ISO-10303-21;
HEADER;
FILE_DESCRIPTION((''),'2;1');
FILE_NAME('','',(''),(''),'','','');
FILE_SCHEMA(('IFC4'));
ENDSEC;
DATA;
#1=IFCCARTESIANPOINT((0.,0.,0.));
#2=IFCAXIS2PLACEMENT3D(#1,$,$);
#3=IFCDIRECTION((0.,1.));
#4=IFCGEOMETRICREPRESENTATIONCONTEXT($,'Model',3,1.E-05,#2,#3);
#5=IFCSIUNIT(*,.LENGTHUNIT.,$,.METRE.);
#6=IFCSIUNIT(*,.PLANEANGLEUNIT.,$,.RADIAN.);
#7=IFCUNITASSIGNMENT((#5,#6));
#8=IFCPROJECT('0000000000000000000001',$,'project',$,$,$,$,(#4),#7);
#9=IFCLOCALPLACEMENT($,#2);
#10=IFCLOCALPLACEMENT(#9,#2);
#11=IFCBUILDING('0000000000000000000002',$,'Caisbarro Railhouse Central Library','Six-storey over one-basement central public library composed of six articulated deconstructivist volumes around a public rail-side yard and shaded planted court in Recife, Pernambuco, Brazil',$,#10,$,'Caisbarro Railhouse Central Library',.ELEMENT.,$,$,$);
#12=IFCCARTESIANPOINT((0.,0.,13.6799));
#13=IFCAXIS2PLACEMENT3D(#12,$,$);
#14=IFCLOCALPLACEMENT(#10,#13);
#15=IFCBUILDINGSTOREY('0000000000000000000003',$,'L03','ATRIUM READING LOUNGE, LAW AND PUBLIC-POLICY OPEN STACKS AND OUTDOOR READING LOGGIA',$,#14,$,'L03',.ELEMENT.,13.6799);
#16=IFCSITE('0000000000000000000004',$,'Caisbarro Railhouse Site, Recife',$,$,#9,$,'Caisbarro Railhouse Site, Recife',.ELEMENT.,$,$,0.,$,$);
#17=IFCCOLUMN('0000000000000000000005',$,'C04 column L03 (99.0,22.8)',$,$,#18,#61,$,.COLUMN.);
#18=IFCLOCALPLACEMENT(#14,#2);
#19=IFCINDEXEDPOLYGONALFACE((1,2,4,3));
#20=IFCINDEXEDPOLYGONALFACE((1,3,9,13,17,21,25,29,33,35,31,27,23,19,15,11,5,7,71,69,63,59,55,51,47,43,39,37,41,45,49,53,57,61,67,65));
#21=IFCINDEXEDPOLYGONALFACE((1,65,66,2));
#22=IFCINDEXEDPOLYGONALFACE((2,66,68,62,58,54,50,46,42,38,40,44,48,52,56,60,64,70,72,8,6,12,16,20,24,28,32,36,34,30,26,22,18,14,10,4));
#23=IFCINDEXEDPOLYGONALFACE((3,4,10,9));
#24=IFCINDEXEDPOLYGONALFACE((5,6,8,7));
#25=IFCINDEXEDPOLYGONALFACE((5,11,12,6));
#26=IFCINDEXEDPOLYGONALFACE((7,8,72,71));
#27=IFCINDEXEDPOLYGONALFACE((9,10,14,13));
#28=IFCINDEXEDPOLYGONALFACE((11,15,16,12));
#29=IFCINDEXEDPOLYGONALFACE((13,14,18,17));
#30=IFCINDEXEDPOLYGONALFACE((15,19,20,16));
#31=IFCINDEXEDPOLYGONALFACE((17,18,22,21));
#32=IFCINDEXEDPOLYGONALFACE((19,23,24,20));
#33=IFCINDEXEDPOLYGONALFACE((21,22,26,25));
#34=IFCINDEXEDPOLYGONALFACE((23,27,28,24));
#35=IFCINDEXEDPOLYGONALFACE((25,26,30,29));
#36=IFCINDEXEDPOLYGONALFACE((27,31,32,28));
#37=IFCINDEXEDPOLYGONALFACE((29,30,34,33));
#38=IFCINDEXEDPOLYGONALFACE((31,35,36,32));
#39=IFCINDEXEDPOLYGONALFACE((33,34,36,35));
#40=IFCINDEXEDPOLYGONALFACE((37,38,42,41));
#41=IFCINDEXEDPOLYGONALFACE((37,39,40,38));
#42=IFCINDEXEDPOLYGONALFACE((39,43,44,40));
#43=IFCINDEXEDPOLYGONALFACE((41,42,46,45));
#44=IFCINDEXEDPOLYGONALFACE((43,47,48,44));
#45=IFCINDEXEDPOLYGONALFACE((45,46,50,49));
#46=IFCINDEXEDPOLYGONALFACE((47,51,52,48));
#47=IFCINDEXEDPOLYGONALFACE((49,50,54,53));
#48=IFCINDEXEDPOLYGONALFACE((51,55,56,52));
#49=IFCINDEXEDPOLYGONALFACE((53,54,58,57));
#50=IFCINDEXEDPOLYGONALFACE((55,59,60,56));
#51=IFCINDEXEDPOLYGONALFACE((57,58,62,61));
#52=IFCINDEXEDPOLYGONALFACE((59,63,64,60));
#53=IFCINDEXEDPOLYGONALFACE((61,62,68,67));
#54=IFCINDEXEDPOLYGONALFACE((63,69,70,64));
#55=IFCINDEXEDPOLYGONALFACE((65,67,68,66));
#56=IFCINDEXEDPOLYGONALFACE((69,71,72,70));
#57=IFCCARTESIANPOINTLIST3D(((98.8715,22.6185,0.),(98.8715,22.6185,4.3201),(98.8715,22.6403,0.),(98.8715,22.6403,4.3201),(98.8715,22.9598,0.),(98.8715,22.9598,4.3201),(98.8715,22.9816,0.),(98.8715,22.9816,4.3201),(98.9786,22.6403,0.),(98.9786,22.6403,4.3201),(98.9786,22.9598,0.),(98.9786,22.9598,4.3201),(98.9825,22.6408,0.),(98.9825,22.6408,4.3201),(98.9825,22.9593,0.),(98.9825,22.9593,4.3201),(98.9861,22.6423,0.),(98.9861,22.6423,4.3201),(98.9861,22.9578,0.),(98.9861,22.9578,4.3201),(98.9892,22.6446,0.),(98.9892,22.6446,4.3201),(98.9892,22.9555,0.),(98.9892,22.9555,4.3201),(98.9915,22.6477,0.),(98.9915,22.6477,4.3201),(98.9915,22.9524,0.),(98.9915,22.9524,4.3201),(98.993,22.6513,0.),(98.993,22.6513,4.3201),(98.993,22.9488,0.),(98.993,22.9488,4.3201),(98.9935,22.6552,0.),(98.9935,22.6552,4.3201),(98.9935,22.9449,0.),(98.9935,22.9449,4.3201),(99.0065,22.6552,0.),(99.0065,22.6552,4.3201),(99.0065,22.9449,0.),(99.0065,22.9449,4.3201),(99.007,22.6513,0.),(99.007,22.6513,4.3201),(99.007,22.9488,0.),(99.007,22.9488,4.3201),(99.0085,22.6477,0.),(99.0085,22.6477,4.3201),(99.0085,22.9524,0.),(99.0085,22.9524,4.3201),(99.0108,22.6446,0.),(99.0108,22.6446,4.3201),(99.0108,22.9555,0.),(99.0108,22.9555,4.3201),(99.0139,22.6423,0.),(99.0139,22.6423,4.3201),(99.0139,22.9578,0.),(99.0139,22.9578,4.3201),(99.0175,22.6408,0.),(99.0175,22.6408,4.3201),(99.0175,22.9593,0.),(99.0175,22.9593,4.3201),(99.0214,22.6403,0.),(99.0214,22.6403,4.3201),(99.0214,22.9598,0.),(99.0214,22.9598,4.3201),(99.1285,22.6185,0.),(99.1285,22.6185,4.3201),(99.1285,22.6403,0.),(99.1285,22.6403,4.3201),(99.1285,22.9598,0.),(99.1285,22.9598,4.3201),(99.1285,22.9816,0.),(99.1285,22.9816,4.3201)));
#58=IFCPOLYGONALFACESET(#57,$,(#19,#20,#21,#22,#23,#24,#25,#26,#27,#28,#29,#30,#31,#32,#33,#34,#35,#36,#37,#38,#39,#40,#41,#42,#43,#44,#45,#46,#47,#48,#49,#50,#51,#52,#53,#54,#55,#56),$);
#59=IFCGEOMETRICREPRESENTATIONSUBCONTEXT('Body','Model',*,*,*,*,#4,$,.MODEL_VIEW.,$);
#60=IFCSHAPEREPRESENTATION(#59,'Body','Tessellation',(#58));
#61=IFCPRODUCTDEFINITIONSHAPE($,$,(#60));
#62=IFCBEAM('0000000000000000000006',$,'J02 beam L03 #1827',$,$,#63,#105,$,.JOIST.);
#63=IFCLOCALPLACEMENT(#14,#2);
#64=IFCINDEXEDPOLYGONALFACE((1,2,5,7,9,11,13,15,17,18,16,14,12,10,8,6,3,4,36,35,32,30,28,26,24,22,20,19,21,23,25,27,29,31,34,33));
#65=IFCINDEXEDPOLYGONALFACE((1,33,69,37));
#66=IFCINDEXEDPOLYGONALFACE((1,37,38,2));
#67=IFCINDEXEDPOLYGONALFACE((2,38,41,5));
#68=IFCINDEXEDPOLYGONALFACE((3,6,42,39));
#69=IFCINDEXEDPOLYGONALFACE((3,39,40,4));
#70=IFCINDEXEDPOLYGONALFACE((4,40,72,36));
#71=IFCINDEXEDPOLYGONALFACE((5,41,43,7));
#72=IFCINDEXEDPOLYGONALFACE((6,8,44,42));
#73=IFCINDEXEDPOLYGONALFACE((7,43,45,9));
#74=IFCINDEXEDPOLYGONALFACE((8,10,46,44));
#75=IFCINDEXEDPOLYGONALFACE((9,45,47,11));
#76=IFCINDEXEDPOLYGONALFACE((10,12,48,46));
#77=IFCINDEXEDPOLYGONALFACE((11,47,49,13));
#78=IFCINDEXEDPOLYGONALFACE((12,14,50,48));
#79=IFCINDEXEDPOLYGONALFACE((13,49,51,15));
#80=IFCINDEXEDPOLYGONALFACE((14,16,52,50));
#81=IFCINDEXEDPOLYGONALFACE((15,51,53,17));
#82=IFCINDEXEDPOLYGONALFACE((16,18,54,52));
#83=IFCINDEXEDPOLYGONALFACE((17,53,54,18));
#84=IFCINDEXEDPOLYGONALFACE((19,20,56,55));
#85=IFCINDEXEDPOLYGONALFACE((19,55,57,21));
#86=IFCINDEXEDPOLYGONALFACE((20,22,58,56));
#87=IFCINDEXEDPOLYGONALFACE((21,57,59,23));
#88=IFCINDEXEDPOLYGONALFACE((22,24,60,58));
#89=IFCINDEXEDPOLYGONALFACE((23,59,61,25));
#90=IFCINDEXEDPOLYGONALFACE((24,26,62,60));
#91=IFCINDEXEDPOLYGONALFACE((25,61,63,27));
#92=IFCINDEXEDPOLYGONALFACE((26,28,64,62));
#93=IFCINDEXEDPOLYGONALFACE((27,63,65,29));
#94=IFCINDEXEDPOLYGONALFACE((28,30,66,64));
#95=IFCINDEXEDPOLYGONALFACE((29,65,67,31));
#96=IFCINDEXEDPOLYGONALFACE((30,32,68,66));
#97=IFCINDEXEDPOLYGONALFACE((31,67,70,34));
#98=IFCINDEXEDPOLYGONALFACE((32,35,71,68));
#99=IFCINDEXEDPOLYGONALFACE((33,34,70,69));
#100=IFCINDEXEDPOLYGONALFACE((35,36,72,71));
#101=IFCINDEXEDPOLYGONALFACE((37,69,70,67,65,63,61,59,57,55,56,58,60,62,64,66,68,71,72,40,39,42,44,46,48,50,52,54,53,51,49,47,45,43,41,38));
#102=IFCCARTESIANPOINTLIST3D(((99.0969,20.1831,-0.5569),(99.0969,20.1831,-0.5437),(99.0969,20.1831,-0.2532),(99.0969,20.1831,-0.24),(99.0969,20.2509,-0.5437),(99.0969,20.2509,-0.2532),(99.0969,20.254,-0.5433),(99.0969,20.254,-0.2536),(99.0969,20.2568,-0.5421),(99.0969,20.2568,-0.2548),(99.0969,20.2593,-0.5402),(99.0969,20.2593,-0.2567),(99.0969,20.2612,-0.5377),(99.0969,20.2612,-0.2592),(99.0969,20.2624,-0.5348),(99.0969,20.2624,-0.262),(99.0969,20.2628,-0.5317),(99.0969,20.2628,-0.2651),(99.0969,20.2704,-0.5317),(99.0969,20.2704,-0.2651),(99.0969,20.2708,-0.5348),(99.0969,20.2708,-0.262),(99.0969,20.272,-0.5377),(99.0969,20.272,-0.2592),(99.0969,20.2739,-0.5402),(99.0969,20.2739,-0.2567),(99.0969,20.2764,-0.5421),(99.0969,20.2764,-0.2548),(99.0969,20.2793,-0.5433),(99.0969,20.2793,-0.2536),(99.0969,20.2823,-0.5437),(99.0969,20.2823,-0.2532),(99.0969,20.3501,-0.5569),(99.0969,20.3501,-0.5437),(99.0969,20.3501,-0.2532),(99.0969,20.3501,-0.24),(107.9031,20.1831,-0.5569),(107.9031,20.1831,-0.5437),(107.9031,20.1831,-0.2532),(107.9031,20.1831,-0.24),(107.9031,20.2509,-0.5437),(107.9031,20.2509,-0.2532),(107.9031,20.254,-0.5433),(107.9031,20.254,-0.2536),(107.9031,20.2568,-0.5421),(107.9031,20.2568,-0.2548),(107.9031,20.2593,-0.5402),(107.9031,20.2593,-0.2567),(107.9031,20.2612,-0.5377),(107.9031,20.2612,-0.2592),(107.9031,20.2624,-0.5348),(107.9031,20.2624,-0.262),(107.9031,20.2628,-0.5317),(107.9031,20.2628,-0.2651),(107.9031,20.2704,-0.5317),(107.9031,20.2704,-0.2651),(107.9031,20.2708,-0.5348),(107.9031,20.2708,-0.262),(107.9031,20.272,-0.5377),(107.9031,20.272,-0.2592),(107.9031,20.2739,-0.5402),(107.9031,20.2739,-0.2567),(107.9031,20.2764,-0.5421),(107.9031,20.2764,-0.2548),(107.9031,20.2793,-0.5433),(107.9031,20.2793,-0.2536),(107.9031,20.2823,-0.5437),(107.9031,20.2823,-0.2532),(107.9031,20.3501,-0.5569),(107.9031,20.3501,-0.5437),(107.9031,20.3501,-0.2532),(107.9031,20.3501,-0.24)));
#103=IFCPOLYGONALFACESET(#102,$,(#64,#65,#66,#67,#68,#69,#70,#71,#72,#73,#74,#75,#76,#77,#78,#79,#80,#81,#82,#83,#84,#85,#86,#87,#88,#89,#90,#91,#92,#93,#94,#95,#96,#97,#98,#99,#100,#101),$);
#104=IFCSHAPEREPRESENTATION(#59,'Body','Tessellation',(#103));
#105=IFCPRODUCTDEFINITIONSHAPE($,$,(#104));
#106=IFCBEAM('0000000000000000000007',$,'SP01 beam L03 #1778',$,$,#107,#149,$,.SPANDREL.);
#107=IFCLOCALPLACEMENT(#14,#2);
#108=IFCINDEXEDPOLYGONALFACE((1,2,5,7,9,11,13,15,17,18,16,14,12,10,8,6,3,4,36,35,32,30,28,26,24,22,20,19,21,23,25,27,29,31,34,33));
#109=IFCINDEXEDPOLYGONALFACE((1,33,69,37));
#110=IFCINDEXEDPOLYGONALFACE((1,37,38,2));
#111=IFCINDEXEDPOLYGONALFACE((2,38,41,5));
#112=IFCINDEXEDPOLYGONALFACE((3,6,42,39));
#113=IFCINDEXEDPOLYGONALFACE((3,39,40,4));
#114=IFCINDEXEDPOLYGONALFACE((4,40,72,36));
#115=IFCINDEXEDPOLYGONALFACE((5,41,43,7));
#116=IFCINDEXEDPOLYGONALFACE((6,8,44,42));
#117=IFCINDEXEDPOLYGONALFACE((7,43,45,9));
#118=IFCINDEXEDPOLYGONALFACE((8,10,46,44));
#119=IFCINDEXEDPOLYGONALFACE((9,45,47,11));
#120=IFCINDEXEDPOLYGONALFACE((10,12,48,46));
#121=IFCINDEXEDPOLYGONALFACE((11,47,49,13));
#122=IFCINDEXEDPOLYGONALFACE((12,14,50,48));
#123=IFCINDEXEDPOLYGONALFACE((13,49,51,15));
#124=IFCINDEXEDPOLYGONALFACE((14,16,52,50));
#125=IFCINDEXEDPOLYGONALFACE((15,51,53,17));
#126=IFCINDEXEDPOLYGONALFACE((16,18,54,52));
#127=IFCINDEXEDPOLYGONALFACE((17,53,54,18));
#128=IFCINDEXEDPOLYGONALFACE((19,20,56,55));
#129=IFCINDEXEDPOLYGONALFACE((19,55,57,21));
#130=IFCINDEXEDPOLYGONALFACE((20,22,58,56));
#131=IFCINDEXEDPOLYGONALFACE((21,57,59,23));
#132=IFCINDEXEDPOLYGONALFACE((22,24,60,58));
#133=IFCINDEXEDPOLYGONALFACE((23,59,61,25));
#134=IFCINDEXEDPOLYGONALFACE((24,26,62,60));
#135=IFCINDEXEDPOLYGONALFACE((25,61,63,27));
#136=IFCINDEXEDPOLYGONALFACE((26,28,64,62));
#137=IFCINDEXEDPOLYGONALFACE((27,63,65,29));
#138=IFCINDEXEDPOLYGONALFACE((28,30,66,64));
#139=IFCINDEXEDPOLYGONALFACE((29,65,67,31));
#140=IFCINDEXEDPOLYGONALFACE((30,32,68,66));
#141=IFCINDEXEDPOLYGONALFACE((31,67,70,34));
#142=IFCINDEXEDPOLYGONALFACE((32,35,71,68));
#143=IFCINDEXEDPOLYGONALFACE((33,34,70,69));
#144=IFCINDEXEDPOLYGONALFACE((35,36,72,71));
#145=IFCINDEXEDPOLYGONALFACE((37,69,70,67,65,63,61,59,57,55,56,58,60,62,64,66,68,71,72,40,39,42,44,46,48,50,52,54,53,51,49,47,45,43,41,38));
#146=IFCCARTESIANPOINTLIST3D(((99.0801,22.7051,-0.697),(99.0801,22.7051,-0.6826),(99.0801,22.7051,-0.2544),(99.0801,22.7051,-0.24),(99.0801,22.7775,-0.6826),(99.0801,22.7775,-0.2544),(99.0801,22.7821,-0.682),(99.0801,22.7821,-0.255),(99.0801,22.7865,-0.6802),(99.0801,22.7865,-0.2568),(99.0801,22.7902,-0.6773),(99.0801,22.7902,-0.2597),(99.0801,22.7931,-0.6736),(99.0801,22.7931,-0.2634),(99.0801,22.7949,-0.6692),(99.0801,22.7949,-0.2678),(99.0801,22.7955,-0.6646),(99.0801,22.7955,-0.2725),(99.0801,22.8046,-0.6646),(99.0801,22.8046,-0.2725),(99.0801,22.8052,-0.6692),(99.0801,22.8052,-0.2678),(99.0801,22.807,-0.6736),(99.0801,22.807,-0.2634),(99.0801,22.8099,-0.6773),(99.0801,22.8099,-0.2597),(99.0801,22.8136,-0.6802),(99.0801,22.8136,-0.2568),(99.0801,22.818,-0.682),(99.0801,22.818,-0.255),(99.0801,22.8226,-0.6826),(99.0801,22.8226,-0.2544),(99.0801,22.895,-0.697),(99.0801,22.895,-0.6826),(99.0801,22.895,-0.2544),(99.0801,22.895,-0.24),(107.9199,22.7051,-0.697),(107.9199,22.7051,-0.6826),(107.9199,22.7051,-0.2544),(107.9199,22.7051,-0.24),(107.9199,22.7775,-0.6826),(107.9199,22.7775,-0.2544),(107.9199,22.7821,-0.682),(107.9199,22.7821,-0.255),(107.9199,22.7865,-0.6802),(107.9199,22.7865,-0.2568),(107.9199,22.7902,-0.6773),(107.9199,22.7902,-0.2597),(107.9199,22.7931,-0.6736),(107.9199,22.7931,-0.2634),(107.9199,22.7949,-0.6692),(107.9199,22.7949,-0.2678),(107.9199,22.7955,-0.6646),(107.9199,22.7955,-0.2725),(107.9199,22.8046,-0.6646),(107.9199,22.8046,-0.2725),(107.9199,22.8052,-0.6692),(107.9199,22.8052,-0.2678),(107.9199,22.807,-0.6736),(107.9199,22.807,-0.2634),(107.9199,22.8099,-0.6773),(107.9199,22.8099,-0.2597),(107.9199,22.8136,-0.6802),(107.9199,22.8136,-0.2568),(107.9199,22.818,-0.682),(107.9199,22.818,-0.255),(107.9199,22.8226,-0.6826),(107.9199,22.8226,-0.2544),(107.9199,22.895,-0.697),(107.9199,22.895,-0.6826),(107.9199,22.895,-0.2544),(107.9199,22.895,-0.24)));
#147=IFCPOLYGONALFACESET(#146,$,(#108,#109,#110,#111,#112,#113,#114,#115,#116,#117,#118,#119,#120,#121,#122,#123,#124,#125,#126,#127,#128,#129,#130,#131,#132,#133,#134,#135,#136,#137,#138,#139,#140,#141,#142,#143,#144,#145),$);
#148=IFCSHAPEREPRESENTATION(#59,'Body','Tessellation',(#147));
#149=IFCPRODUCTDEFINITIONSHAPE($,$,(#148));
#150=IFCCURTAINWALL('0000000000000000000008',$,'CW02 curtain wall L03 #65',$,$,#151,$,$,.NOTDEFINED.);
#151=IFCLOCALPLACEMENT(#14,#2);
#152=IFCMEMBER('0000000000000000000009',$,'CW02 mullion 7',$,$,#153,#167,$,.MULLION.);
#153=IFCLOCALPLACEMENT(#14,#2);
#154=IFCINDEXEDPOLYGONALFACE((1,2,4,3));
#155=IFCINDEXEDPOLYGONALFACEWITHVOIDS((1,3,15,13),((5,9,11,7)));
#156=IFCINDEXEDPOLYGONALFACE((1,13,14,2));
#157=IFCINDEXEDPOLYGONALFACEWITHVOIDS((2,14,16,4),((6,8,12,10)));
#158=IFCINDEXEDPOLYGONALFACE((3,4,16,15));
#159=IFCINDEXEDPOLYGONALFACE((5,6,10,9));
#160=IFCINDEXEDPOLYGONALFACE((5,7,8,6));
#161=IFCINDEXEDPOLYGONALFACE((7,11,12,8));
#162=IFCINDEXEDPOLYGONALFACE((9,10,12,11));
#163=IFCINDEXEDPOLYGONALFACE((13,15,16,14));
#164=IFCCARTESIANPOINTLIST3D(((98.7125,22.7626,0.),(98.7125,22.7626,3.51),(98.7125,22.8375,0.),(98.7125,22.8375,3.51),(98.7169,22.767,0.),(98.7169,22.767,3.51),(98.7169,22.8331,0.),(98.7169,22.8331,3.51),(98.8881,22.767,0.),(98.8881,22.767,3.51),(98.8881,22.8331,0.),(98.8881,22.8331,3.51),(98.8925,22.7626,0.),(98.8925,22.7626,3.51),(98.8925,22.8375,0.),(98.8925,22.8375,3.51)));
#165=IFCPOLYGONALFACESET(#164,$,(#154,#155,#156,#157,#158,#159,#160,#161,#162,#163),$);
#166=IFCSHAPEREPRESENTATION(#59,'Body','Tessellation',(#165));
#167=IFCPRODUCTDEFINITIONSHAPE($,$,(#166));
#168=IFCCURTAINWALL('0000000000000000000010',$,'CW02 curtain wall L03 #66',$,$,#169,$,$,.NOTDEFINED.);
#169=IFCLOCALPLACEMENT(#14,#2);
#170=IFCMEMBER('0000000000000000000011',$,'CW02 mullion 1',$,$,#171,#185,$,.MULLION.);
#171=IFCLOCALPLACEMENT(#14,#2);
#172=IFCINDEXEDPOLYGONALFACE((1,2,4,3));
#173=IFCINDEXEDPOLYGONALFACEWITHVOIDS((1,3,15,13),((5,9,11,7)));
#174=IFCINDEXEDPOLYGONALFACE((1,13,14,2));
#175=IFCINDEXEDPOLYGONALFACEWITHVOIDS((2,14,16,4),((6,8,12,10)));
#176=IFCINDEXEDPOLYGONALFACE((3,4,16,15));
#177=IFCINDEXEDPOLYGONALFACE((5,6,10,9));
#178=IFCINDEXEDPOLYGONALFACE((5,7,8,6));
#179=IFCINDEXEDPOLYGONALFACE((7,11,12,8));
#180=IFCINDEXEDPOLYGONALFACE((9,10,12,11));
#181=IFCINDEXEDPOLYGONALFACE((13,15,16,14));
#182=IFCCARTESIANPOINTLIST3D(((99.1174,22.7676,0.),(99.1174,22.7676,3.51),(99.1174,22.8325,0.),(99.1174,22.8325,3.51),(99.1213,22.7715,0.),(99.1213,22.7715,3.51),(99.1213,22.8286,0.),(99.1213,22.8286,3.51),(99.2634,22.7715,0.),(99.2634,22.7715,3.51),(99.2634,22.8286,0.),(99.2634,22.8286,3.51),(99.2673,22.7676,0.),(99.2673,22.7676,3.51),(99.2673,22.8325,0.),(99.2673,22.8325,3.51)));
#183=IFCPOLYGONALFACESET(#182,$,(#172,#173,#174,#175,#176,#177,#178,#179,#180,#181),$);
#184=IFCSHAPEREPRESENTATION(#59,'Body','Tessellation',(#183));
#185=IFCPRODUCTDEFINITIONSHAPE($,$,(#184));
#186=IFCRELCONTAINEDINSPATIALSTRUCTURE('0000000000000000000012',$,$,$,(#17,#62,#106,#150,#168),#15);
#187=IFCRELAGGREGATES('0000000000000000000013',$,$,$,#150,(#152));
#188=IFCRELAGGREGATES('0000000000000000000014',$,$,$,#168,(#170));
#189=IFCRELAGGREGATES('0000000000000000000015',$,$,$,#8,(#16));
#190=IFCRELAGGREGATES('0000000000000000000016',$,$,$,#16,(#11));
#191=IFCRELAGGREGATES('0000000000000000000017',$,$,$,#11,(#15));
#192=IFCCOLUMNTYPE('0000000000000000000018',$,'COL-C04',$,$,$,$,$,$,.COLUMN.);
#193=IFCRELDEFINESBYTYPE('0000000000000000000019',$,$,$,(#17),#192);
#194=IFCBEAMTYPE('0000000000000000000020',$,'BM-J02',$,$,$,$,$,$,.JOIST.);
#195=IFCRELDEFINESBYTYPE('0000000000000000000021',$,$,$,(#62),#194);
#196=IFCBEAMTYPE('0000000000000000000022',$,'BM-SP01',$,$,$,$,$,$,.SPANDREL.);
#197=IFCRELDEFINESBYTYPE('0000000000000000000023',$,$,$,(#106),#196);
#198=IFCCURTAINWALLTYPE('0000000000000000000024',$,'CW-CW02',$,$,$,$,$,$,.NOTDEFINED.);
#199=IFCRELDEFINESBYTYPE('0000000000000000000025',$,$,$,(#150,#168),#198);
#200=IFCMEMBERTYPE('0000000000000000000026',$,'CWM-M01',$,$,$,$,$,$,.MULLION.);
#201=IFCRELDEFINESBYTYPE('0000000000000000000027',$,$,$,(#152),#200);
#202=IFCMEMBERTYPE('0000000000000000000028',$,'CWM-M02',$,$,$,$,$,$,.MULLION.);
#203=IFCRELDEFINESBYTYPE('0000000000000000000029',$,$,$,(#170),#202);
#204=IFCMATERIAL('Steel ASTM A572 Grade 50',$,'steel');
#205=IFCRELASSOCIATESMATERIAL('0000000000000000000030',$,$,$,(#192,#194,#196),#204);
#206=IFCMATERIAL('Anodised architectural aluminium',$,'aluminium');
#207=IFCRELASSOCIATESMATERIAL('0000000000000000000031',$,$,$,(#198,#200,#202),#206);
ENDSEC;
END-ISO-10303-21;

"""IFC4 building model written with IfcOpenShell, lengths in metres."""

from ifc_helpers import new_model, si_unit, direction, frame, origin, origin_2d, place, context, subcontext, project, spatial, hollow_rectangle, i_section, extrude, material, material_profile, profile_set, type_object, element, aggregate, save


model = new_model("IFC4")

# Units and contexts
model_context = context("Model", 3, precision=1e-05, world=origin(), true_north=direction((0.0, 1.0)))
body_context = subcontext(model_context, "Body", "Model", "MODEL_VIEW")
ifc_project = project(units=[si_unit("LENGTHUNIT", "METRE"), si_unit("PLANEANGLEUNIT", "RADIAN")], contexts=[model_context])

# Site, building, storey
site_placement = place(None, origin())
site = spatial("IfcSite", under=ifc_project, at=site_placement, Name="Caisbarro Railhouse Site, Recife", LongName="Caisbarro Railhouse Site, Recife", CompositionType="ELEMENT", RefElevation=0.0)
building_placement = place(site_placement, origin())
building = spatial("IfcBuilding", under=site, at=building_placement, Name="Caisbarro Railhouse Central Library", Description="Six-storey over one-basement central public library composed of six articulated deconstructivist volumes around a public rail-side yard and shaded planted court in Recife, Pernambuco, Brazil", LongName="Caisbarro Railhouse Central Library", CompositionType="ELEMENT")
storey_placement = place(building_placement, frame((0.0, 0.0, 13.6799)))
storey = spatial("IfcBuildingStorey", under=building, at=storey_placement, Name="L03", Description="ATRIUM READING LOUNGE, LAW AND PUBLIC-POLICY OPEN STACKS AND OUTDOOR READING LOGGIA", LongName="L03", CompositionType="ELEMENT", Elevation=13.6799)

# Column
ifc_material_1 = material(Name="Steel ASTM A572 Grade 50", Category="steel")
ifc_material_profile_1 = material_profile(ifc_material_1, i_section(OverallWidth=0.2571, OverallDepth=0.363, WebThickness=0.0129, FlangeThickness=0.0217, FilletRadius=0.0149, at=origin_2d()), Name="W360X122.0")
ifc_profile_set_1 = profile_set([ifc_material_profile_1], Name="Steel ASTM A572 Grade 50")
column_type = type_object("IfcColumnType", Name="COL-C04", PredefinedType="COLUMN", material=ifc_profile_set_1)
column_placement = place(storey_placement, frame((99.0, 22.8, 0.0), z_axis=(0.0, 0.0, 1.0), x_axis=(1.0, 0.0, 0.0)))
element("IfcColumn", 1, at=column_placement, inside=storey, type_object=column_type, Name="C04 column L03 (99.0,22.8)", PredefinedType="COLUMN", context=body_context, shape_type="SweptSolid", body=[
    extrude(i_section(OverallWidth=0.2571, OverallDepth=0.363, WebThickness=0.0129, FlangeThickness=0.0217, FilletRadius=0.0149, at=origin_2d()), origin(), (0.0, 0.0, 1.0), 4.3201),
])

# Beams
ifc_material_profile_2 = material_profile(ifc_material_1, i_section(OverallWidth=0.167, OverallDepth=0.3169, WebThickness=0.0076, FlangeThickness=0.0132, FilletRadius=0.012, at=origin_2d()), Name="W310X52.0")
ifc_profile_set_2 = profile_set([ifc_material_profile_2], Name="Steel ASTM A572 Grade 50")
beam_type_1 = type_object("IfcBeamType", Name="BM-J02", PredefinedType="JOIST", material=ifc_profile_set_2)
beam_1_placement = place(storey_placement, frame((99.0969, 20.2666, -0.3984), z_axis=(1.0, 0.0, 0.0), x_axis=(0.0, 1.0, 0.0)))
element("IfcBeam", 2, at=beam_1_placement, inside=storey, type_object=beam_type_1, Name="J02 beam L03 #1827", PredefinedType="JOIST", context=body_context, shape_type="SweptSolid", body=[
    extrude(i_section(OverallWidth=0.167, OverallDepth=0.3169, WebThickness=0.0076, FlangeThickness=0.0132, FilletRadius=0.012, at=origin_2d()), origin(), (0.0, 0.0, 1.0), 8.8062),
])
ifc_material_profile_3 = material_profile(ifc_material_1, i_section(OverallWidth=0.1899, OverallDepth=0.457, WebThickness=0.009, FlangeThickness=0.0144, FilletRadius=0.0181, at=origin_2d()), Name="W460X74.0")
ifc_profile_set_3 = profile_set([ifc_material_profile_3], Name="Steel ASTM A572 Grade 50")
beam_type_2 = type_object("IfcBeamType", Name="BM-SP01", PredefinedType="SPANDREL", material=ifc_profile_set_3)
beam_2_placement = place(storey_placement, frame((99.0801, 22.8, -0.4685), z_axis=(1.0, 0.0, 0.0), x_axis=(0.0, 1.0, 0.0)))
element("IfcBeam", 3, at=beam_2_placement, inside=storey, type_object=beam_type_2, Name="SP01 beam L03 #1778", PredefinedType="SPANDREL", context=body_context, shape_type="SweptSolid", body=[
    extrude(i_section(OverallWidth=0.1899, OverallDepth=0.457, WebThickness=0.009, FlangeThickness=0.0144, FilletRadius=0.0181, at=origin_2d()), origin(), (0.0, 0.0, 1.0), 8.8398),
])

# Curtain wall, member
ifc_material_2 = material(Name="Anodised architectural aluminium", Category="aluminium")
curtain_wall_type = type_object("IfcCurtainWallType", Name="CW-CW02", PredefinedType="NOTDEFINED", material=ifc_material_2)
curtain_wall_1_placement = place(storey_placement, origin())
curtain_wall_1 = element("IfcCurtainWall", 4, at=curtain_wall_1_placement, inside=storey, type_object=curtain_wall_type, Name="CW02 curtain wall L03 #65", PredefinedType="NOTDEFINED")
ifc_material_profile_4 = material_profile(ifc_material_2, hollow_rectangle(XDim=0.075, YDim=0.1799, WallThickness=0.0044, at=origin_2d()), Name="ALU-MUL-75X180")
ifc_profile_set_4 = profile_set([ifc_material_profile_4], Name="Anodised architectural aluminium")
member_type_1 = type_object("IfcMemberType", Name="CWM-M01", PredefinedType="MULLION", material=ifc_profile_set_4)
member_1_placement = place(storey_placement, frame((98.8025, 22.8, 0.0), z_axis=(0.0, 0.0, 1.0), x_axis=(0.0, 1.0, 0.0)))
member_1 = element("IfcMember", 5, at=member_1_placement, type_object=member_type_1, Name="CW02 mullion 7", PredefinedType="MULLION", context=body_context, shape_type="SweptSolid", body=[
    extrude(hollow_rectangle(XDim=0.075, YDim=0.1799, WallThickness=0.0044, at=origin_2d()), origin(), (0.0, 0.0, 1.0), 3.51),
])
aggregate(curtain_wall_1, [member_1])

# Curtain wall, member
curtain_wall_2_placement = place(storey_placement, origin())
curtain_wall_2 = element("IfcCurtainWall", 6, at=curtain_wall_2_placement, inside=storey, type_object=curtain_wall_type, Name="CW02 curtain wall L03 #66", PredefinedType="NOTDEFINED")
ifc_material_profile_5 = material_profile(ifc_material_2, hollow_rectangle(XDim=0.0649, YDim=0.1499, WallThickness=0.0039, at=origin_2d()), Name="ALU-MUL-65X150")
ifc_profile_set_5 = profile_set([ifc_material_profile_5], Name="Anodised architectural aluminium")
member_type_2 = type_object("IfcMemberType", Name="CWM-M02", PredefinedType="MULLION", material=ifc_profile_set_5)
member_2_placement = place(storey_placement, frame((99.1924, 22.8, 0.0), z_axis=(0.0, 0.0, 1.0), x_axis=(0.0, 1.0, 0.0)))
member_2 = element("IfcMember", 7, at=member_2_placement, type_object=member_type_2, Name="CW02 mullion 1", PredefinedType="MULLION", context=body_context, shape_type="SweptSolid", body=[
    extrude(hollow_rectangle(XDim=0.0649, YDim=0.1499, WallThickness=0.0039, at=origin_2d()), origin(), (0.0, 0.0, 1.0), 3.51),
])
aggregate(curtain_wall_2, [member_2])

save(model, "model.ifc")
